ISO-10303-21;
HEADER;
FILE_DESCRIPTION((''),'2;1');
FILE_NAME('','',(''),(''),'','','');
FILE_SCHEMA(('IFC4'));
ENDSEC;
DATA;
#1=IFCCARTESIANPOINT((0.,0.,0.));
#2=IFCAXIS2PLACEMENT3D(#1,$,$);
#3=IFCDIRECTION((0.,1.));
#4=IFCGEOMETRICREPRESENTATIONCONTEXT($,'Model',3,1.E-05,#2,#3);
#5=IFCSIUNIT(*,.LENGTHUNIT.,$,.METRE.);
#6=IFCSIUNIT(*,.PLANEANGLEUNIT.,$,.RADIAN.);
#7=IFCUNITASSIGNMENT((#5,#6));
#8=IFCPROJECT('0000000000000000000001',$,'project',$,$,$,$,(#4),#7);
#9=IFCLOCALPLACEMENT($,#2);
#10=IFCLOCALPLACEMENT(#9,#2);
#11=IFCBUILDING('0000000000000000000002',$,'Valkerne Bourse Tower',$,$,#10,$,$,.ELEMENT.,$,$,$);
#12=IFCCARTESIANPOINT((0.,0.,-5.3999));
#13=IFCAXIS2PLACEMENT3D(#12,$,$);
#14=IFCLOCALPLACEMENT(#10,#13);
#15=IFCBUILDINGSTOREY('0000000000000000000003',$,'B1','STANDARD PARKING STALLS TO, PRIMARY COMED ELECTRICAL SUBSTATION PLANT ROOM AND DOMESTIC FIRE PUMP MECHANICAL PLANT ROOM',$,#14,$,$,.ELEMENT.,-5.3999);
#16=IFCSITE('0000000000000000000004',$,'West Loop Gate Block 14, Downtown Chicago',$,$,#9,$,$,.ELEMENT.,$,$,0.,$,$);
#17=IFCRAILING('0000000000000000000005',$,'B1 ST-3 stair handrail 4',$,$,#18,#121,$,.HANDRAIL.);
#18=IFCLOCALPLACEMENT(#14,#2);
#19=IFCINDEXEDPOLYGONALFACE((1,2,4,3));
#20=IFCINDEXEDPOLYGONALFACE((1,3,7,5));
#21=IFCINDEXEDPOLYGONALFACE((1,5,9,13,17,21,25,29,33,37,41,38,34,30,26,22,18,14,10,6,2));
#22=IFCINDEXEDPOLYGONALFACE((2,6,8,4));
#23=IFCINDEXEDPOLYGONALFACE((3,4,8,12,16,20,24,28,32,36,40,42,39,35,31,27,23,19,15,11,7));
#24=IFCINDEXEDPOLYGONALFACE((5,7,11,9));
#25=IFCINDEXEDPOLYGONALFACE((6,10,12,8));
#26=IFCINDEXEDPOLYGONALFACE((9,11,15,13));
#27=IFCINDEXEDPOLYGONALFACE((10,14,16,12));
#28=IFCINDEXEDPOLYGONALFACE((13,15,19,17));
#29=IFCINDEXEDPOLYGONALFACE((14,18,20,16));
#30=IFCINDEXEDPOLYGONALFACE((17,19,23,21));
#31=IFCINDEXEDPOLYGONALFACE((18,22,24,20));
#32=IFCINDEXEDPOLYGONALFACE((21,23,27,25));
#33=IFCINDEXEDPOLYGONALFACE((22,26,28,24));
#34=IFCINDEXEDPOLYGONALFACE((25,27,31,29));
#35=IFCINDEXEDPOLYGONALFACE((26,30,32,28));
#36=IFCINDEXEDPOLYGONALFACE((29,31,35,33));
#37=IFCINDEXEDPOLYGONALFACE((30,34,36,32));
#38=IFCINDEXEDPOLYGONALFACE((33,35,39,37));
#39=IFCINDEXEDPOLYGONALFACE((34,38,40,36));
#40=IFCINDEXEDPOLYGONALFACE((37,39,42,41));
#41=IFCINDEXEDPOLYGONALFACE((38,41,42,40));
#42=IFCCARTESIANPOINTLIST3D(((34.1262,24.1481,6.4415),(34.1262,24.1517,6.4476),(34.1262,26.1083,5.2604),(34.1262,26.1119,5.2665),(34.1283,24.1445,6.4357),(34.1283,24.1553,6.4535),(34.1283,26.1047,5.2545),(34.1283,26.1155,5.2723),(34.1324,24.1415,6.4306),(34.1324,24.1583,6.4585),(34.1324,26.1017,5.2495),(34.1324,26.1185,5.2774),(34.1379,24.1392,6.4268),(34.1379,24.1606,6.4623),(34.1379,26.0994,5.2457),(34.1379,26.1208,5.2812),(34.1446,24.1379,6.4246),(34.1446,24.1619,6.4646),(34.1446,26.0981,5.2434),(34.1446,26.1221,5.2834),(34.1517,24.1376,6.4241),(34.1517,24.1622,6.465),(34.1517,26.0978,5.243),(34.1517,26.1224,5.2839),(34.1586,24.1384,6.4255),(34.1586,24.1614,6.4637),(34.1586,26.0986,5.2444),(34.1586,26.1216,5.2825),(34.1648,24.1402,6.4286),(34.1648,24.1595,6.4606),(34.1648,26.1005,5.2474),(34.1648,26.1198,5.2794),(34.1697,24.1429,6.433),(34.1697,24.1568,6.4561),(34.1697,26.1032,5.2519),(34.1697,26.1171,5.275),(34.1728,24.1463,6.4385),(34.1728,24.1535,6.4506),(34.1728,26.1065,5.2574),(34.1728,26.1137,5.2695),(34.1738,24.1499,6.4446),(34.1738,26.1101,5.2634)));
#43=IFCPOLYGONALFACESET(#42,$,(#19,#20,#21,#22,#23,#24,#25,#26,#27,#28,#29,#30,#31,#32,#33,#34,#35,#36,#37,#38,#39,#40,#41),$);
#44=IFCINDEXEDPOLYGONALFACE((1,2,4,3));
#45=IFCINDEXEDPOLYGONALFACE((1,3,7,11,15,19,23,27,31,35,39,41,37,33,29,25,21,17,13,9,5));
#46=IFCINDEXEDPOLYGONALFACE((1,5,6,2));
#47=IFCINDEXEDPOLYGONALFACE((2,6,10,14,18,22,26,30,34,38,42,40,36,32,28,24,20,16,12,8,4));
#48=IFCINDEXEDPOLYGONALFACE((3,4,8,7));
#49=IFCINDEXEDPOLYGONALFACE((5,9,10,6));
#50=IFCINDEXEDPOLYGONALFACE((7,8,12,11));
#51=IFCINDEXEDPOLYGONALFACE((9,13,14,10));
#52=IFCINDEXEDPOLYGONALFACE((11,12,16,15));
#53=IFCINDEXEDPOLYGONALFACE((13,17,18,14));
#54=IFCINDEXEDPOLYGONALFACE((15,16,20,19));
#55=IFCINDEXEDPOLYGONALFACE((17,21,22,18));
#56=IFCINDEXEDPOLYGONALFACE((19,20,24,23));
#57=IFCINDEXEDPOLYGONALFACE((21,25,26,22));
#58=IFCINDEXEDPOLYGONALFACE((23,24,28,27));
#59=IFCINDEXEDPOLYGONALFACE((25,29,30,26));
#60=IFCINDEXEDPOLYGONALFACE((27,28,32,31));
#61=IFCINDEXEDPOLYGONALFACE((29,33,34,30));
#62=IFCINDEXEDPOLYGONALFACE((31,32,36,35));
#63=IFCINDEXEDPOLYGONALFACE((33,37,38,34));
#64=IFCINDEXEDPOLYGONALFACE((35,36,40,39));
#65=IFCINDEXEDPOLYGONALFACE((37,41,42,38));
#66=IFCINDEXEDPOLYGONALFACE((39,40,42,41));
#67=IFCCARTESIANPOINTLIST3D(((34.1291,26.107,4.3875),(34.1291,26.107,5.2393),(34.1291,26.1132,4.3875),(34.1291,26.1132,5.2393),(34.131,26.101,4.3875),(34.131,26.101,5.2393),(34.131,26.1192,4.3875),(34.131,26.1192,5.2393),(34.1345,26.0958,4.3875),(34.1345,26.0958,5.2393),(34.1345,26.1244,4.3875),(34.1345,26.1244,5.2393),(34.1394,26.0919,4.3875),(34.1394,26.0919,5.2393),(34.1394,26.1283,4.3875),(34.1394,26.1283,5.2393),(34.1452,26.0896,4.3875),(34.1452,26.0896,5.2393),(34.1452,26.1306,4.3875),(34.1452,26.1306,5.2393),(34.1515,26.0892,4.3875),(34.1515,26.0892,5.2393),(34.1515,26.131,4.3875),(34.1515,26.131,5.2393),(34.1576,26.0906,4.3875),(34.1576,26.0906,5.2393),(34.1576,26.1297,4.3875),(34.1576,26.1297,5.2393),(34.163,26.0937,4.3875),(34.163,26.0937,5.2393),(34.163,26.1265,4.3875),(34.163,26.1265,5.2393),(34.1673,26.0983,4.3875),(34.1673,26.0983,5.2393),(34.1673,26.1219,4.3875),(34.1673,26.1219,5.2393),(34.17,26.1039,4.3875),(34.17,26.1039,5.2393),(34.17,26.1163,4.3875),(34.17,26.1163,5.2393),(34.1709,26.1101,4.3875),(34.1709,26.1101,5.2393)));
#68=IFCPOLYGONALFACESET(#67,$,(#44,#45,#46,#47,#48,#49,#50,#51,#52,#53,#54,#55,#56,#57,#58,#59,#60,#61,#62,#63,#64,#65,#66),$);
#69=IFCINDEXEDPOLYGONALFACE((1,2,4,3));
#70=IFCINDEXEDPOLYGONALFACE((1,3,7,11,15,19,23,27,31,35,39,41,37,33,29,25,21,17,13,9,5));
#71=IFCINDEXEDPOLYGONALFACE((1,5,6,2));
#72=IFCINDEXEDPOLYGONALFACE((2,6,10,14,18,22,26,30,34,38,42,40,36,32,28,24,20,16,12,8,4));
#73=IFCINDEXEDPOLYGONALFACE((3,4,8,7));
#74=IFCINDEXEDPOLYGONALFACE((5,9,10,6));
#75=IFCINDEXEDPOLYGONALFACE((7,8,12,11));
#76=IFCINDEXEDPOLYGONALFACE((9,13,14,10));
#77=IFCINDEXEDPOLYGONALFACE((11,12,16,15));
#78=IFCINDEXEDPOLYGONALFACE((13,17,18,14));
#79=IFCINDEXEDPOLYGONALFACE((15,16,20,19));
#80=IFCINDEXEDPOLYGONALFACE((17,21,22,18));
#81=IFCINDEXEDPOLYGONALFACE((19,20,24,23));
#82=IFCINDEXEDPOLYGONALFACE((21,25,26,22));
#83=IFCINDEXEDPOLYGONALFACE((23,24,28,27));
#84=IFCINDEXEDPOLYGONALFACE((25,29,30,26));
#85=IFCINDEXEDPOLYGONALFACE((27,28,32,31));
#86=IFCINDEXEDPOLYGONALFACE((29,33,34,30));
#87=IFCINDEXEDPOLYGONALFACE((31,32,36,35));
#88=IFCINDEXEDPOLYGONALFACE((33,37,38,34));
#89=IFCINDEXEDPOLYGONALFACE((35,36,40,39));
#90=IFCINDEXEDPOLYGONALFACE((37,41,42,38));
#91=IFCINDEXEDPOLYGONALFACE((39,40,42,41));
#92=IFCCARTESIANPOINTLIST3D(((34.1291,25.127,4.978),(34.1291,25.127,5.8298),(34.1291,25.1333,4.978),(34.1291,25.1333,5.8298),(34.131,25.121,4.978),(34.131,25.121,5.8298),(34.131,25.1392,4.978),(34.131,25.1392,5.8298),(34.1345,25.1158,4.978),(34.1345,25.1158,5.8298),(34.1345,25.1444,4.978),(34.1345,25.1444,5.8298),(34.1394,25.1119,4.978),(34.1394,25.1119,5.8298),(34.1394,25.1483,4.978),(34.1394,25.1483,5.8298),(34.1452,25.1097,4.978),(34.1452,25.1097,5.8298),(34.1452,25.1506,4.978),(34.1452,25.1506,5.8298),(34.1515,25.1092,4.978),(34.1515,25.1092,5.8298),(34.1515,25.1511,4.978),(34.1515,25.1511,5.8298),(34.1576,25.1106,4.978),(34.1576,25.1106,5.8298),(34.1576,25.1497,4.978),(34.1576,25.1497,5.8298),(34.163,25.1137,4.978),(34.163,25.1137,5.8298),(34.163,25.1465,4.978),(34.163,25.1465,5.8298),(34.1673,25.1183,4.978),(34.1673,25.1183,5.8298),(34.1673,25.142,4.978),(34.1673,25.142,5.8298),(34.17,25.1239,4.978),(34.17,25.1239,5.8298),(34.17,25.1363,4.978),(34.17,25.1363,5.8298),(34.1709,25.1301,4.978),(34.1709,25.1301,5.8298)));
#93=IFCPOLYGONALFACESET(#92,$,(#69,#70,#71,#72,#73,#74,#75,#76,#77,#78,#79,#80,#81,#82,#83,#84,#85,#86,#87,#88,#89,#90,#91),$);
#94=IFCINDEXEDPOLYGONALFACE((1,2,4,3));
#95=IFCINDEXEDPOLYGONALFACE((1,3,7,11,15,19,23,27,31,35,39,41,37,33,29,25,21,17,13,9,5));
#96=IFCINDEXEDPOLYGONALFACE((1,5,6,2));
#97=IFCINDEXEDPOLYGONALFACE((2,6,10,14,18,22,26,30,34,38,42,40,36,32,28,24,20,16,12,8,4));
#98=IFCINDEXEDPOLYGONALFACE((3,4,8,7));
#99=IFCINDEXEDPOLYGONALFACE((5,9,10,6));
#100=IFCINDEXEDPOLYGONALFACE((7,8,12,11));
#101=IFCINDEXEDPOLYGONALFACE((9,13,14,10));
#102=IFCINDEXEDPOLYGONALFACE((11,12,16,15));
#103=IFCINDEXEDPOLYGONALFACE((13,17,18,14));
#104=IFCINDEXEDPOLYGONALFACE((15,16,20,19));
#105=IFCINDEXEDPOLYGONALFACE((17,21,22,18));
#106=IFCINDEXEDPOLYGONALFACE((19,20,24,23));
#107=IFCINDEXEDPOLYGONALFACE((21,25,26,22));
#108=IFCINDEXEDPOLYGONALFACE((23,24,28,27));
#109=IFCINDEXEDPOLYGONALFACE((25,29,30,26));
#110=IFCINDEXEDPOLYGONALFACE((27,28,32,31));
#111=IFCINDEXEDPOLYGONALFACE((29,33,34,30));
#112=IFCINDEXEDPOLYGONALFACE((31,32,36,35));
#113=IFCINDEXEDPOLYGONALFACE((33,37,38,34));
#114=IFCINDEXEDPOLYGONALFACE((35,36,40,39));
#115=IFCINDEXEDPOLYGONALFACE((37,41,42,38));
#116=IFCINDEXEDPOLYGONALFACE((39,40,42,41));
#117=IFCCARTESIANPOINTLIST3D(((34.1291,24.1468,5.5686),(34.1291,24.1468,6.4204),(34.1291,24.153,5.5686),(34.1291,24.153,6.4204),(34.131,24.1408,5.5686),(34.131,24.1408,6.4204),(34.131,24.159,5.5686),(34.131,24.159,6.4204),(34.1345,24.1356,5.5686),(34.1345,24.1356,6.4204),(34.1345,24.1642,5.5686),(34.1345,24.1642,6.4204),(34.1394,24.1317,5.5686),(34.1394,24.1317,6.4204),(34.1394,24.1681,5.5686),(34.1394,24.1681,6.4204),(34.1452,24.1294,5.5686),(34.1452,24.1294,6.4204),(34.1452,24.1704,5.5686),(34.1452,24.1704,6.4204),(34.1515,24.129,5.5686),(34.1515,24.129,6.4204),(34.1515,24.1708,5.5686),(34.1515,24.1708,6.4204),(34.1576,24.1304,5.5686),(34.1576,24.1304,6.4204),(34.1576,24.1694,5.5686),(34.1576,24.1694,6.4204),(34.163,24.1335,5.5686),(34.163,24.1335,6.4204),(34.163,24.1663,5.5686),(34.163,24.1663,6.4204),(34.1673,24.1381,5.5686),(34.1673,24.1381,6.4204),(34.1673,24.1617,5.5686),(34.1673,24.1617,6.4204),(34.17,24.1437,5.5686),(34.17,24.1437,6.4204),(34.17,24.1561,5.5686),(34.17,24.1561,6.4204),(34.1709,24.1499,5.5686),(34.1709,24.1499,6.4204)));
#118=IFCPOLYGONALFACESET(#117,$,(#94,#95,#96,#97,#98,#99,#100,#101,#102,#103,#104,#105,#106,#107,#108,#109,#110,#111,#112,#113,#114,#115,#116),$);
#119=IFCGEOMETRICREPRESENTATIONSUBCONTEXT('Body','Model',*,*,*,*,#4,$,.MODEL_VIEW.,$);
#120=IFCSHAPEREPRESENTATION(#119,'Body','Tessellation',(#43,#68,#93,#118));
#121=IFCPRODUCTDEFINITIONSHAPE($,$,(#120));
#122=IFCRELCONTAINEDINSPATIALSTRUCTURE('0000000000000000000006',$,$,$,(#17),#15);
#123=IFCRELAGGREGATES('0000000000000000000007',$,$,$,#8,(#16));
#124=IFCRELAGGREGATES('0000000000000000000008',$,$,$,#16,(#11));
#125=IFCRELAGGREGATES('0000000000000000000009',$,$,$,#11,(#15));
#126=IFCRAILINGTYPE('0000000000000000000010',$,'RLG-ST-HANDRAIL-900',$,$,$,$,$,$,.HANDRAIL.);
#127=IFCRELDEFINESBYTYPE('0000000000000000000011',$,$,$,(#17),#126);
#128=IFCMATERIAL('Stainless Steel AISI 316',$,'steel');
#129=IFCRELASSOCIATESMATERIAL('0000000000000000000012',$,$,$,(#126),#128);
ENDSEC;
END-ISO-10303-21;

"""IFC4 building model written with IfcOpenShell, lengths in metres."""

from ifc_helpers import new_model, si_unit, direction, frame, origin, origin_2d, place, context, subcontext, project, spatial, circle, extrude, material, type_object, element, save


model = new_model("IFC4")

# Units and contexts
model_context = context("Model", 3, precision=1e-05, world=origin(), true_north=direction((0.0, 1.0)))
body_context = subcontext(model_context, "Body", "Model", "MODEL_VIEW")
ifc_project = project(units=[si_unit("LENGTHUNIT", "METRE"), si_unit("PLANEANGLEUNIT", "RADIAN")], contexts=[model_context])

# Site, building, storey
site_placement = place(None, origin())
site = spatial("IfcSite", under=ifc_project, at=site_placement, Name="West Loop Gate Block 14, Downtown Chicago", CompositionType="ELEMENT", RefElevation=0.0)
building_placement = place(site_placement, origin())
building = spatial("IfcBuilding", under=site, at=building_placement, Name="Valkerne Bourse Tower", CompositionType="ELEMENT")
storey_placement = place(building_placement, frame((0.0, 0.0, -5.3999)))
storey = spatial("IfcBuildingStorey", under=building, at=storey_placement, Name="B1", Description="STANDARD PARKING STALLS TO, PRIMARY COMED ELECTRICAL SUBSTATION PLANT ROOM AND DOMESTIC FIRE PUMP MECHANICAL PLANT ROOM", CompositionType="ELEMENT", Elevation=-5.3999)

# Shared definitions
ifc_material_1 = material(Name="Stainless Steel AISI 316", Category="steel")

# Railing
railing_type_1 = type_object("IfcRailingType", Name="RLG-ST-HANDRAIL-900", PredefinedType="HANDRAIL", material=ifc_material_1)
railing_1_placement = place(storey_placement, frame((34.1499, 26.1101, 4.3875)))
element("IfcRailing", 1, at=railing_1_placement, inside=storey, type_object=railing_type_1, Name="B1 ST-3 stair handrail 4", PredefinedType="HANDRAIL", context=body_context, shape_type="SweptSolid", body=[
    extrude(circle(Radius=0.0239, at=origin_2d()), frame((0.0, 0.0, 0.876), z_axis=(0.0, -0.856522, 0.516111), x_axis=(1.0, 0.0, 0.0)), (0.0, 0.0, 1.0), 2.2886),
    extrude(circle(Radius=0.021, at=origin_2d()), origin(), (0.0, 0.0, 1.0), 0.8518),
    extrude(circle(Radius=0.021, at=origin_2d()), frame((0.0, -0.98, 0.5906)), (0.0, 0.0, 1.0), 0.8518),
    extrude(circle(Radius=0.021, at=origin_2d()), frame((0.0, -1.9602, 1.1812)), (0.0, 0.0, 1.0), 0.8518),
])

save(model, "model.ifc")
